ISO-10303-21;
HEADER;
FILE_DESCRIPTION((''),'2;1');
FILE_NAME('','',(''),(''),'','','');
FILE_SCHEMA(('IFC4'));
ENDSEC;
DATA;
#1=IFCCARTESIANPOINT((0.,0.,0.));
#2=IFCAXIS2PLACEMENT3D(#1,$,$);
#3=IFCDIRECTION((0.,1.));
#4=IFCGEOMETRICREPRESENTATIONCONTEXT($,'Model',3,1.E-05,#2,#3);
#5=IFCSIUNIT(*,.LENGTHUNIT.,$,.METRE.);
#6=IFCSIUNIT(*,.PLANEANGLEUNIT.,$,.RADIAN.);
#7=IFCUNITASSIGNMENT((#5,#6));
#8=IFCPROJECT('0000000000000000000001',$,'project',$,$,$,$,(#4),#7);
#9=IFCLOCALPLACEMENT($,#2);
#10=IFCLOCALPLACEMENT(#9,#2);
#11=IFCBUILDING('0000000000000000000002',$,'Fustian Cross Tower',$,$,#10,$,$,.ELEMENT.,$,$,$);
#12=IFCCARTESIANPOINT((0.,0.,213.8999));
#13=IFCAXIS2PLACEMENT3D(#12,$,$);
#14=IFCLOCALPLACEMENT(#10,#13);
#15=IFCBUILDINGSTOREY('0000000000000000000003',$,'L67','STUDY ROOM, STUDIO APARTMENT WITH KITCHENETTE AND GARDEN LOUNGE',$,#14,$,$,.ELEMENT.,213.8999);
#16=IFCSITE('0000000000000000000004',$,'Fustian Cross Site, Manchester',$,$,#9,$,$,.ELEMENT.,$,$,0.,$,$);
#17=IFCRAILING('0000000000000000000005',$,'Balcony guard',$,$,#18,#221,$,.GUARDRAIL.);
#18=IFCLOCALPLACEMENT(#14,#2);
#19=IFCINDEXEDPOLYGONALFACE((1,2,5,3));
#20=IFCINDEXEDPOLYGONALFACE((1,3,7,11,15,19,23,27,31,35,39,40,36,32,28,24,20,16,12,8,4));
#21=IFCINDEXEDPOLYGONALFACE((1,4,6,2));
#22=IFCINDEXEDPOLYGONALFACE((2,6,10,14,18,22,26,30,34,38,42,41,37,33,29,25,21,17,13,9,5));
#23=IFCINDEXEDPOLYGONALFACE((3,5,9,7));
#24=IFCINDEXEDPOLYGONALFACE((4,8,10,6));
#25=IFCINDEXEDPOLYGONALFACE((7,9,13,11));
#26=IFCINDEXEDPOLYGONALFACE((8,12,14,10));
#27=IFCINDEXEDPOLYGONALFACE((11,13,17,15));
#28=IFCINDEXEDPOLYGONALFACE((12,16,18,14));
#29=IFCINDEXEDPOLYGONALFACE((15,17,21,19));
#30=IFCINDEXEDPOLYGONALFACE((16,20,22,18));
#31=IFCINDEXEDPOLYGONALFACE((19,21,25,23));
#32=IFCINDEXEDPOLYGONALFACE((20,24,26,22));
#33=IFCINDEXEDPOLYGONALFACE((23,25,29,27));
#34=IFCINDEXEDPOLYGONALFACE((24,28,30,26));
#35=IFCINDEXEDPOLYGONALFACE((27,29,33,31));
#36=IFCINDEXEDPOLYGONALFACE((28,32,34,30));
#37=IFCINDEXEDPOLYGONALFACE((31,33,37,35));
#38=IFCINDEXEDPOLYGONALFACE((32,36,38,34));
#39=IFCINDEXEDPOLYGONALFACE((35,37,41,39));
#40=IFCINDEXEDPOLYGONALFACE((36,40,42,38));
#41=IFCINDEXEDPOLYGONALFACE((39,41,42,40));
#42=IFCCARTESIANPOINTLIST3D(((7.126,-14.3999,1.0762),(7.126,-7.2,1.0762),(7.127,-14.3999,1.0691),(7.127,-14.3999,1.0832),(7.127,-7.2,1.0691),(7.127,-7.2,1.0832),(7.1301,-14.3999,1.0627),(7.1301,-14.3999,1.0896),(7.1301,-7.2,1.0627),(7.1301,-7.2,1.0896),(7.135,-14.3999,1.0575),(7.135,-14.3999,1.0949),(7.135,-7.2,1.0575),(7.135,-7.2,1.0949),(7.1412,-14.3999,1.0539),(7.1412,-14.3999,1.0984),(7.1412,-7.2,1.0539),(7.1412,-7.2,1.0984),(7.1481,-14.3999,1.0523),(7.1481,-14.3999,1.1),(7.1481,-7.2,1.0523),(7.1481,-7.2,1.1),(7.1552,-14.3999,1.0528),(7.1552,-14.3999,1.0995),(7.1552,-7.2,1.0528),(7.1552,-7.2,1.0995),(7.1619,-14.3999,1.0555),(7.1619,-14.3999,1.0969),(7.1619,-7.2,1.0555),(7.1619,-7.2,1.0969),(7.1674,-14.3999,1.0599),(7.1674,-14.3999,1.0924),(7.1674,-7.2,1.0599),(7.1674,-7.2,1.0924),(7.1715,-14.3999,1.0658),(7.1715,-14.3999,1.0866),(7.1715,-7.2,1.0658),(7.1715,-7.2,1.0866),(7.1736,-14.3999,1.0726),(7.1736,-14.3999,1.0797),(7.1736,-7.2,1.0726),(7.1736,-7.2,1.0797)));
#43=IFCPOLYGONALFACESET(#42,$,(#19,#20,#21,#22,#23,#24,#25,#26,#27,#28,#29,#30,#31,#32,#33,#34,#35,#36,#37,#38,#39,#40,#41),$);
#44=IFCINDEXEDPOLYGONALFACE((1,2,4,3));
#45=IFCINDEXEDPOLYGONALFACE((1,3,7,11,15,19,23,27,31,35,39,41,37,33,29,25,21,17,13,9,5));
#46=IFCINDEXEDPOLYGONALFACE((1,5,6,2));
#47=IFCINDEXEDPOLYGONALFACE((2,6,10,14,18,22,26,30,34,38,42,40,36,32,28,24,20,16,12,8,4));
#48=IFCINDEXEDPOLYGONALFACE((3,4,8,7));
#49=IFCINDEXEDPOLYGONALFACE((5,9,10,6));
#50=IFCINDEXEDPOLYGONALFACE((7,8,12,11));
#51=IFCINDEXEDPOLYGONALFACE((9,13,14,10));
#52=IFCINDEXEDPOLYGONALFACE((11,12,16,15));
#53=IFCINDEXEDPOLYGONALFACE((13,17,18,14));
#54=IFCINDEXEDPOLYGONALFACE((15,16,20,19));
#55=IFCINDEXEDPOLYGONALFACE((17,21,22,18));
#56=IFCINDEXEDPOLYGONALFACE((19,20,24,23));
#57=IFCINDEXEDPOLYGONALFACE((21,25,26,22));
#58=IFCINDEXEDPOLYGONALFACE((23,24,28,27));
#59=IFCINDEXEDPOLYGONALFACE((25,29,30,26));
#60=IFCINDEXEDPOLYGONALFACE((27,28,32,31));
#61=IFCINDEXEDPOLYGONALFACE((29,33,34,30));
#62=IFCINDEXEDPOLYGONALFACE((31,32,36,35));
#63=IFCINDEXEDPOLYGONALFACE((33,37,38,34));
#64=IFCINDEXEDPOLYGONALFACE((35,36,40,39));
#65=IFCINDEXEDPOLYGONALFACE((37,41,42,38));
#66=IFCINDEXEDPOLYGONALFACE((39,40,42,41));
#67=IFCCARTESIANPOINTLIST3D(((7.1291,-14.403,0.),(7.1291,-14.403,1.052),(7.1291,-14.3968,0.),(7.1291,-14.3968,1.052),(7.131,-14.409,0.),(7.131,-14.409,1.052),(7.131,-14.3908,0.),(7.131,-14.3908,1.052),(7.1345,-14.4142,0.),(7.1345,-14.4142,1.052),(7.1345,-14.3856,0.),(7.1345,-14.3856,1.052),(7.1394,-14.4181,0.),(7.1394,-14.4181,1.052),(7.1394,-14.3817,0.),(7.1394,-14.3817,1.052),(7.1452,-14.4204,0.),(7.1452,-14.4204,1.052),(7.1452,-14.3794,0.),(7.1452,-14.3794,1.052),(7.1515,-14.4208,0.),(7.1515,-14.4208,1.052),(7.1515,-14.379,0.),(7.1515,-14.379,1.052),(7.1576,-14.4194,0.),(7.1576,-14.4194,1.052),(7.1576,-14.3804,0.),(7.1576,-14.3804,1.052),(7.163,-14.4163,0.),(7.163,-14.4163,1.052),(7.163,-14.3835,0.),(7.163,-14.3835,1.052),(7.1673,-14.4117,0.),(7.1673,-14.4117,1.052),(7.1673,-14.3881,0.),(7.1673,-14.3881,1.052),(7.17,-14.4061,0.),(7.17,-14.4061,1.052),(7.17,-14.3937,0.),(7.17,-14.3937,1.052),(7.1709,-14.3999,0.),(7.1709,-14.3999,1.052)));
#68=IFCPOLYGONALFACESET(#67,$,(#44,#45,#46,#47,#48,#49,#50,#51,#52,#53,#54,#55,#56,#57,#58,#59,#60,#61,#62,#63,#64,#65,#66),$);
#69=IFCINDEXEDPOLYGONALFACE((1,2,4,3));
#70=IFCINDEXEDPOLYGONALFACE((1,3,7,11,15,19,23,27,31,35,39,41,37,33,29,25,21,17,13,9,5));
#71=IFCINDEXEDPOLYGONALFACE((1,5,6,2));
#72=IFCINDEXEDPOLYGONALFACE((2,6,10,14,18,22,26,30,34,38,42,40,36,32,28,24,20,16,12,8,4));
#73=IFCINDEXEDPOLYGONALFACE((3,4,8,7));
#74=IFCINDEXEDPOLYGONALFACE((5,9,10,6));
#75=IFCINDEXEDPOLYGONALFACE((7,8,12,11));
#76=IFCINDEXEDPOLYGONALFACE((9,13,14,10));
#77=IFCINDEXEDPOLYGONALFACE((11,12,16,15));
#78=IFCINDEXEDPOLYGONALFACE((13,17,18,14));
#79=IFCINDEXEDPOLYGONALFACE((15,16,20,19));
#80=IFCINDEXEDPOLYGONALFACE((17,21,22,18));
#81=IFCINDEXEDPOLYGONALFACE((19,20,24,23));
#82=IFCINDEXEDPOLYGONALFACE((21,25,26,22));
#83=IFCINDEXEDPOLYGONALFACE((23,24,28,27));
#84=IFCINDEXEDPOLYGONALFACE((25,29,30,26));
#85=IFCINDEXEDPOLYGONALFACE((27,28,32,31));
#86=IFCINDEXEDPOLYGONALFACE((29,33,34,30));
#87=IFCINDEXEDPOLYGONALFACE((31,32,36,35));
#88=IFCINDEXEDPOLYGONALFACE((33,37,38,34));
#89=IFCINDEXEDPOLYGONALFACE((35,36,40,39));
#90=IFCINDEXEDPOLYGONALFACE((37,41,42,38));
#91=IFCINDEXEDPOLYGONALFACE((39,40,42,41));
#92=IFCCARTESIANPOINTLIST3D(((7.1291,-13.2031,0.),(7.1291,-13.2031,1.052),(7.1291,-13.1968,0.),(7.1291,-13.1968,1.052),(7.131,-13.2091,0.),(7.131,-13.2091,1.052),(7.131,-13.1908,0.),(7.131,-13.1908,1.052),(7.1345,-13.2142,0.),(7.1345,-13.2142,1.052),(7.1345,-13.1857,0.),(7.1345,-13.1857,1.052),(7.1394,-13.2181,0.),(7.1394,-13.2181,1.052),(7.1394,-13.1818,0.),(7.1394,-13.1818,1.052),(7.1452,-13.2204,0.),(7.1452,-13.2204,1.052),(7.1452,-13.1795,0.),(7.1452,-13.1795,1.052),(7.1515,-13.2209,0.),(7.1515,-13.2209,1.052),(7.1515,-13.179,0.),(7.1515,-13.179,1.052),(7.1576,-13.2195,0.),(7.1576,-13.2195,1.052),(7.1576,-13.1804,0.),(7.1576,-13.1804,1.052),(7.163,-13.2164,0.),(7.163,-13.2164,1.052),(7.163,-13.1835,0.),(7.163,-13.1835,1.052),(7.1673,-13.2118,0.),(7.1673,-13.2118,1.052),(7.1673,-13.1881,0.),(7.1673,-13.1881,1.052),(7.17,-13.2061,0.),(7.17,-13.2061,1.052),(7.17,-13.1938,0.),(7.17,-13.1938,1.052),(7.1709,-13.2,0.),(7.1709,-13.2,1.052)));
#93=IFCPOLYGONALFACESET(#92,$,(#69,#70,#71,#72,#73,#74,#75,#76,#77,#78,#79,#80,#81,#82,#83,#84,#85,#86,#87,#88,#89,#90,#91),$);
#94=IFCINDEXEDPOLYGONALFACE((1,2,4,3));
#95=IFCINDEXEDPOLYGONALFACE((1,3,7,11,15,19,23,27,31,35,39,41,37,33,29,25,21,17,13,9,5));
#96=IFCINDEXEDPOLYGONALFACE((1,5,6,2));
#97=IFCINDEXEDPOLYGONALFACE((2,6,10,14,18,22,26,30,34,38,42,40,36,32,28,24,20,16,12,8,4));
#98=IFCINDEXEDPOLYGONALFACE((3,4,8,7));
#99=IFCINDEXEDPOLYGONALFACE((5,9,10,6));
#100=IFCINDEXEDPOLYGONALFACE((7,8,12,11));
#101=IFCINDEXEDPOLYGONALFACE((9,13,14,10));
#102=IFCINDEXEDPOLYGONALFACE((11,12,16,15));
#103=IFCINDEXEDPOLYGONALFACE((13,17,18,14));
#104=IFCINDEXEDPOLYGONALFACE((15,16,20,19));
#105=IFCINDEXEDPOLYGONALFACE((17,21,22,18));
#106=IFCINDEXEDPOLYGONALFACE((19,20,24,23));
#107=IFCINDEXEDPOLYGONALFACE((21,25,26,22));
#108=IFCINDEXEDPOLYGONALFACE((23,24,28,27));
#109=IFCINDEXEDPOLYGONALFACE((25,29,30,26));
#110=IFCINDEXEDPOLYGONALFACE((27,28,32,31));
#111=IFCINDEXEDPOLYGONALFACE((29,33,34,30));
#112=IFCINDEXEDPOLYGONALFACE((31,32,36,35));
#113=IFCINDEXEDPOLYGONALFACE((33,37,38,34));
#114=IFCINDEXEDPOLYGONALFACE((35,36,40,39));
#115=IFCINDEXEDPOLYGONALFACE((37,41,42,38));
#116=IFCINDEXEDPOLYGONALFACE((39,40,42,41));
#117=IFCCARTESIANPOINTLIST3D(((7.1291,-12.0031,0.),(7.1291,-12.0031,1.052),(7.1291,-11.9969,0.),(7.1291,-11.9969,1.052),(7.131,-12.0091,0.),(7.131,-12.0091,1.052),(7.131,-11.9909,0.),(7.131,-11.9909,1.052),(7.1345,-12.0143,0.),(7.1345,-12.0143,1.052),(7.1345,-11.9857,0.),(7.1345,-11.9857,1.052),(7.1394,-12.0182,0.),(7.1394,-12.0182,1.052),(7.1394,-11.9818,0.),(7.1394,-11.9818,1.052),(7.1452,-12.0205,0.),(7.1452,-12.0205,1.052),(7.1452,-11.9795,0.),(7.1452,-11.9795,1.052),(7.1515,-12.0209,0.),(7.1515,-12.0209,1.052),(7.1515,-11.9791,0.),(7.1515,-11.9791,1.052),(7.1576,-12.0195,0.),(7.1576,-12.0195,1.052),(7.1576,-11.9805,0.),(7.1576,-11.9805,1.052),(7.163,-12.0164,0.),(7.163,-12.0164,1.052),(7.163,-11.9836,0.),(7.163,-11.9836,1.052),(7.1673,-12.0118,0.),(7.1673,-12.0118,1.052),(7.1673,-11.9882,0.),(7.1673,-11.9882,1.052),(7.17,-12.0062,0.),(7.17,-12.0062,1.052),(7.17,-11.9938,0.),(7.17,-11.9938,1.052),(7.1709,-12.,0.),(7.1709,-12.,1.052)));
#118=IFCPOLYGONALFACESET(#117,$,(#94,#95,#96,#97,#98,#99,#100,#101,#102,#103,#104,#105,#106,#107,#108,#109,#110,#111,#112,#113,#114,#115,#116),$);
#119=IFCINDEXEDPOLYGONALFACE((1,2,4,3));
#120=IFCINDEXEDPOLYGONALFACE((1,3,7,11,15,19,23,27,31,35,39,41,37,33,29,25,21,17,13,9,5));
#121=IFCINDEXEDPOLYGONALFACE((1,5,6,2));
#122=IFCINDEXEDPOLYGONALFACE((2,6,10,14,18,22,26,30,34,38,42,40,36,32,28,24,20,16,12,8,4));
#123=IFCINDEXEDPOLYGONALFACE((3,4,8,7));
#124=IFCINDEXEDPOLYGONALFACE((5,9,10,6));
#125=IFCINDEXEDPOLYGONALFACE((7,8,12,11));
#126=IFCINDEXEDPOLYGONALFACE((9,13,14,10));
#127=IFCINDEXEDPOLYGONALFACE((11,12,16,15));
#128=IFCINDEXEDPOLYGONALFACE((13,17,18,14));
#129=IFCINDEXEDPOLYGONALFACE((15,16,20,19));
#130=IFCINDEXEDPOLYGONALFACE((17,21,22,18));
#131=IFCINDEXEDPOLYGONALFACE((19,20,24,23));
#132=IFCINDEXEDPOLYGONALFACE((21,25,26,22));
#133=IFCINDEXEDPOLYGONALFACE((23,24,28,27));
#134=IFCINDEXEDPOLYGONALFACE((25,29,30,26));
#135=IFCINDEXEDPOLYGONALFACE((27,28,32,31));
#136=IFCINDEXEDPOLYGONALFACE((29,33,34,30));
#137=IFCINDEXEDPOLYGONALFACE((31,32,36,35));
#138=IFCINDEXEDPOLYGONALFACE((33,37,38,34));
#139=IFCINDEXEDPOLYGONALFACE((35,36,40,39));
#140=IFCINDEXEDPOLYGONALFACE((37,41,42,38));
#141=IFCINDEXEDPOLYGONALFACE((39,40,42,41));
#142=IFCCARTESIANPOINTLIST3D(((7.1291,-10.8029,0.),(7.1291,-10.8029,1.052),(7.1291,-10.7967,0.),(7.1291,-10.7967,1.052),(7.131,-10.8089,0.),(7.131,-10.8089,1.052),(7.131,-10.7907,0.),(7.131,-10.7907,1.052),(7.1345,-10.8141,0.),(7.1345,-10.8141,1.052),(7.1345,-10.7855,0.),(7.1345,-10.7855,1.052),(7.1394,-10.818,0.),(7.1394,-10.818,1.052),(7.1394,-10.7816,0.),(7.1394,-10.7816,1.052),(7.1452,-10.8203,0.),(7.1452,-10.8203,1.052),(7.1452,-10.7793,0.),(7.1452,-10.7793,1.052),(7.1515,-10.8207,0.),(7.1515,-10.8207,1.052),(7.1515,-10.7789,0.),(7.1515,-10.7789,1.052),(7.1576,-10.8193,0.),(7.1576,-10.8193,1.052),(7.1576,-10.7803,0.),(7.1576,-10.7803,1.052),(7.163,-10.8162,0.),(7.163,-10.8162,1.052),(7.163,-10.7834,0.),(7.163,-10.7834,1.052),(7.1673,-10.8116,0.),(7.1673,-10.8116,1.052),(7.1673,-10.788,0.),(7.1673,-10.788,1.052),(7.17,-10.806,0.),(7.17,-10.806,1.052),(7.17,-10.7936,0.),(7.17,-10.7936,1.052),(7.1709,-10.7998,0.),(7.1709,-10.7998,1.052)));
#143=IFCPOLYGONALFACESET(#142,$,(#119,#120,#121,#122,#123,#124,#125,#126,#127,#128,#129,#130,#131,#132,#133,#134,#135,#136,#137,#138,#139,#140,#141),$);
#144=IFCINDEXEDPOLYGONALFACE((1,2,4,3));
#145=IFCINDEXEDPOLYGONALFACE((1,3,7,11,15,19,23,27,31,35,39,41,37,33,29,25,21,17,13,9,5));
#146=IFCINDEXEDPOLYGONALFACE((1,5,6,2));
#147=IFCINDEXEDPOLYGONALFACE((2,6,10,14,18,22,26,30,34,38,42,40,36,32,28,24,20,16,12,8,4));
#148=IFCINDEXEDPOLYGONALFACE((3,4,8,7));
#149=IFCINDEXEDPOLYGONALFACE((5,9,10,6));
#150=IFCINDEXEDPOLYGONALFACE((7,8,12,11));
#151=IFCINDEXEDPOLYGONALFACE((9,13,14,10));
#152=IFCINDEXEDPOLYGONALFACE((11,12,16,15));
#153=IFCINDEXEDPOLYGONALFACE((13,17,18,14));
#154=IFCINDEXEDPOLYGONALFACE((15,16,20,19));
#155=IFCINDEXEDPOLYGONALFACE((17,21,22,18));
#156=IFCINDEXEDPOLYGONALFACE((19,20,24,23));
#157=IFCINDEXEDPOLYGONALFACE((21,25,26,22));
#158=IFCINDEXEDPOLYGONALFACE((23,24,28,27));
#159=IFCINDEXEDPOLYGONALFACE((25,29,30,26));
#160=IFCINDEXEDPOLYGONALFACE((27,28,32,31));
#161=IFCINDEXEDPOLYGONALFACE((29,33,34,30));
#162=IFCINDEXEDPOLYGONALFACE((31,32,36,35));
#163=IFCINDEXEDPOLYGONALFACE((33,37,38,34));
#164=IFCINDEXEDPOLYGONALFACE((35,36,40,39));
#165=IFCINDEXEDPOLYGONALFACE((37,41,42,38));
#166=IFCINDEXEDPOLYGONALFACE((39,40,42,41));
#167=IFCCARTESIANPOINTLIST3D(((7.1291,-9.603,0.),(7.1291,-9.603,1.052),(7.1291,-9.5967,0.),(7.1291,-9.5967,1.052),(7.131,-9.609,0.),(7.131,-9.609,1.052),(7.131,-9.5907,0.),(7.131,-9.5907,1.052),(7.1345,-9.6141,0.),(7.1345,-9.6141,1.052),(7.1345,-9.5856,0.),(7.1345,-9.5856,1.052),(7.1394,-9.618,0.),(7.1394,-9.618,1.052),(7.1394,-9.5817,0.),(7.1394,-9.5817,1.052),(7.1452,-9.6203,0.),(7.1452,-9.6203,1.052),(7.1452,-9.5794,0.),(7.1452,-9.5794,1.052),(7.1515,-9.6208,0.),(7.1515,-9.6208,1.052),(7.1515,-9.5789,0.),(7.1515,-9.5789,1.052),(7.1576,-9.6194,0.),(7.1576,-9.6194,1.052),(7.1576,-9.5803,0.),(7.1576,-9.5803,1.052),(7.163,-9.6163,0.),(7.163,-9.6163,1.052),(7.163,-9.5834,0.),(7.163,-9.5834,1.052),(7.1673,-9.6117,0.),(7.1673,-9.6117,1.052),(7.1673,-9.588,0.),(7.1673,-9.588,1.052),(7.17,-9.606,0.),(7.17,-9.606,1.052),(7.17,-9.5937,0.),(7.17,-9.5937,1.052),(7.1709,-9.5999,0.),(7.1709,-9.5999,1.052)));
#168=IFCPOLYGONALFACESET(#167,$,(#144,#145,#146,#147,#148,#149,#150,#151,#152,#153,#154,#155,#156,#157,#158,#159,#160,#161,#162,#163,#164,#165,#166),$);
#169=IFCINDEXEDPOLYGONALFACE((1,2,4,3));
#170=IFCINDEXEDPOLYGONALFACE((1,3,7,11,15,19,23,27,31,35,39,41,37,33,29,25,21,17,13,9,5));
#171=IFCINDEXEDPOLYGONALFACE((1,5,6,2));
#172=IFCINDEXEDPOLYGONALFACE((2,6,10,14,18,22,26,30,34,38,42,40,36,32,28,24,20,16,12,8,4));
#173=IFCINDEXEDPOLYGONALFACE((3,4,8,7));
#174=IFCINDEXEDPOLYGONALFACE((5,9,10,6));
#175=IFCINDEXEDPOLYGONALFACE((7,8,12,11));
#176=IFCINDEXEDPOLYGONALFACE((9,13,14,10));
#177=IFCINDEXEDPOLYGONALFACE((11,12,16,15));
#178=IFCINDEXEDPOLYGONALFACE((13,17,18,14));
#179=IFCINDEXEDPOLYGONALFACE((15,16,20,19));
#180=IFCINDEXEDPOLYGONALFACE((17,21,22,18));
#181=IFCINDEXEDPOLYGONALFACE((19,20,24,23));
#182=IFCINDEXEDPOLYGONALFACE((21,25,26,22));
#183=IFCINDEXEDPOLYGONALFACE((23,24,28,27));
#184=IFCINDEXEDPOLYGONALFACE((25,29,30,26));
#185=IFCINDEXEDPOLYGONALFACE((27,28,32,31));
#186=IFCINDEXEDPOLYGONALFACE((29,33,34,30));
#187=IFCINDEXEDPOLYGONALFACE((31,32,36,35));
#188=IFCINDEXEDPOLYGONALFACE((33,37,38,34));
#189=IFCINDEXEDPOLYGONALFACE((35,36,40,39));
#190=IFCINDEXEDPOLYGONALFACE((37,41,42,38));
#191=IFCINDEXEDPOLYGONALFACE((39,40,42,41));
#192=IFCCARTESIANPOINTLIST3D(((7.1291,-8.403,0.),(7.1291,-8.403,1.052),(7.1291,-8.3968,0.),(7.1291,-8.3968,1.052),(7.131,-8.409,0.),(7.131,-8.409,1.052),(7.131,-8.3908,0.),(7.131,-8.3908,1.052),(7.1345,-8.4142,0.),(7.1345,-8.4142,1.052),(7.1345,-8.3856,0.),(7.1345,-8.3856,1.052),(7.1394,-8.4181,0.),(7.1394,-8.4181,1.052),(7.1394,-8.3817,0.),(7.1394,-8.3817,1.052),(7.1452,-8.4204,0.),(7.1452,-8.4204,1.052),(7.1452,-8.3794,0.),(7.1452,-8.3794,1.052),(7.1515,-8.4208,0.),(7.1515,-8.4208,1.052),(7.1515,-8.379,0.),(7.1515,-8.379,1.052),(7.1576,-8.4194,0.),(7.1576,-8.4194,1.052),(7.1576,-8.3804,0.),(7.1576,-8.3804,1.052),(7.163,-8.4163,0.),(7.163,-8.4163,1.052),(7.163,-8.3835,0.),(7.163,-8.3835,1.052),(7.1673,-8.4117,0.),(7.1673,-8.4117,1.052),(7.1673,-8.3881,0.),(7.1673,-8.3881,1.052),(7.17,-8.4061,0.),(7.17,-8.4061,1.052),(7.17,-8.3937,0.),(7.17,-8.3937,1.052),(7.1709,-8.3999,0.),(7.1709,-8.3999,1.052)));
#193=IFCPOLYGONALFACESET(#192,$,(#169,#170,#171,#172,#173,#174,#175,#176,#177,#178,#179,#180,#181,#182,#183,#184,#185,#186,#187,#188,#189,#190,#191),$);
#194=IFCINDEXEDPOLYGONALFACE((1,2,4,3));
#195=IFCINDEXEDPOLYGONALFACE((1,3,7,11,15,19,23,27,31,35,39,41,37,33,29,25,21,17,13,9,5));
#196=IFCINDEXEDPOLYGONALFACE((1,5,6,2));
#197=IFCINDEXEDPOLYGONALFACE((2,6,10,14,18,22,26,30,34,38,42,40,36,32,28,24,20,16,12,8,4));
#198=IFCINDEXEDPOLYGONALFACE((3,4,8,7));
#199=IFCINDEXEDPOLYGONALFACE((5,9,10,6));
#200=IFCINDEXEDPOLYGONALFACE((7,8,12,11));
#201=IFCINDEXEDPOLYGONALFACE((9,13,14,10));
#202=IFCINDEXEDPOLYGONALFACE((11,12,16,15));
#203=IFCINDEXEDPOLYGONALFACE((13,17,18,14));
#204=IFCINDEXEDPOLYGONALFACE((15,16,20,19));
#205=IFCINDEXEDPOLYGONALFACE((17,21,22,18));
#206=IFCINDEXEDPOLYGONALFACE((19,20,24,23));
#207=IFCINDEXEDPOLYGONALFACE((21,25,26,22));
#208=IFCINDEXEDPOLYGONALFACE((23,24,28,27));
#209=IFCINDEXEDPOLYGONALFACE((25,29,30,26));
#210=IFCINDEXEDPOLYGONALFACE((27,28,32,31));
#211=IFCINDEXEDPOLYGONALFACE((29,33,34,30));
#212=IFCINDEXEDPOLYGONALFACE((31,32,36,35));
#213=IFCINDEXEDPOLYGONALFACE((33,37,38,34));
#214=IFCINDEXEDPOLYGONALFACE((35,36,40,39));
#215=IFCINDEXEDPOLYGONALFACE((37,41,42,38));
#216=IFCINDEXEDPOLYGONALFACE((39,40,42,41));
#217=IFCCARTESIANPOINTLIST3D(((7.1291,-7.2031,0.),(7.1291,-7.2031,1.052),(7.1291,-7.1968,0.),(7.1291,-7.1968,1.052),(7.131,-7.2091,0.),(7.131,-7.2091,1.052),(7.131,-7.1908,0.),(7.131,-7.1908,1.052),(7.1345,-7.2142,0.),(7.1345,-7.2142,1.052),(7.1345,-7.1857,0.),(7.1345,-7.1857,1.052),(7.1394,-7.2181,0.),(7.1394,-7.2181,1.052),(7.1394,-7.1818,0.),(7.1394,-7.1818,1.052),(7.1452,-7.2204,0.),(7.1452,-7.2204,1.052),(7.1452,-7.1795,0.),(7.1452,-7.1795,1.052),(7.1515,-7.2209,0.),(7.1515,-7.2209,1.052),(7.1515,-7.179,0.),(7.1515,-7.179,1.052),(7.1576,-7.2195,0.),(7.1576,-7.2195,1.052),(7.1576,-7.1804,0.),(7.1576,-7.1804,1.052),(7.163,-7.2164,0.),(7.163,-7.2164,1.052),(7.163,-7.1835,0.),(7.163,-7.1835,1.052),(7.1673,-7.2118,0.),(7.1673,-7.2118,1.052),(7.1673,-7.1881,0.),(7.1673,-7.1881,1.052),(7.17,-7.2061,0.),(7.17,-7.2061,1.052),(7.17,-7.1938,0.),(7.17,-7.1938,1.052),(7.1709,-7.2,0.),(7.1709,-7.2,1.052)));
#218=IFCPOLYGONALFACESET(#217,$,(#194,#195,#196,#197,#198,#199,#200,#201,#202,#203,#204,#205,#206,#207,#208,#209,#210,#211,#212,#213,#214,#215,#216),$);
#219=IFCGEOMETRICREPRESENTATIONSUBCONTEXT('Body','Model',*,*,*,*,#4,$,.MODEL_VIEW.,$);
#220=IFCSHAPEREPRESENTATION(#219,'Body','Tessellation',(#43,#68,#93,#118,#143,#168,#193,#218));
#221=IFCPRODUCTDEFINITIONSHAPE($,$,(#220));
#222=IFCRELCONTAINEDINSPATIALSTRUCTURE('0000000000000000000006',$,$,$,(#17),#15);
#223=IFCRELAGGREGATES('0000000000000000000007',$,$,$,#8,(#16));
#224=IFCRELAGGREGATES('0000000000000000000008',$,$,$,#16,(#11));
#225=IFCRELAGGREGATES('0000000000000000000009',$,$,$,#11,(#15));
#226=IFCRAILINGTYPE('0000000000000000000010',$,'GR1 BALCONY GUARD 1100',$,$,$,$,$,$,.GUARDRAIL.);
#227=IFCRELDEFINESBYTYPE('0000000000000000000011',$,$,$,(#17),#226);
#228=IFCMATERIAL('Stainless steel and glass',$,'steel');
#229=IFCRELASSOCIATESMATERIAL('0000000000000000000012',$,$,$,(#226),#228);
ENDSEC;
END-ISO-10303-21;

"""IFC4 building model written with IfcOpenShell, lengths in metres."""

from ifc_helpers import new_model, si_unit, direction, frame, origin, origin_2d, place, context, subcontext, project, spatial, circle, extrude, material, type_object, element, save


model = new_model("IFC4")

# Units and contexts
model_context = context("Model", 3, precision=1e-05, world=origin(), true_north=direction((0.0, 1.0)))
body_context = subcontext(model_context, "Body", "Model", "MODEL_VIEW")
ifc_project = project(units=[si_unit("LENGTHUNIT", "METRE"), si_unit("PLANEANGLEUNIT", "RADIAN")], contexts=[model_context])

# Site, building, storey
site_placement = place(None, origin())
site = spatial("IfcSite", under=ifc_project, at=site_placement, Name="Fustian Cross Site, Manchester", CompositionType="ELEMENT", RefElevation=0.0)
building_placement = place(site_placement, origin())
building = spatial("IfcBuilding", under=site, at=building_placement, Name="Fustian Cross Tower", CompositionType="ELEMENT")
storey_placement = place(building_placement, frame((0.0, 0.0, 213.8999)))
storey = spatial("IfcBuildingStorey", under=building, at=storey_placement, Name="L67", Description="STUDY ROOM, STUDIO APARTMENT WITH KITCHENETTE AND GARDEN LOUNGE", CompositionType="ELEMENT", Elevation=213.8999)

# Railing
ifc_material_1 = material(Name="Stainless steel and glass", Category="steel")
railing_type_1 = type_object("IfcRailingType", Name="GR1 BALCONY GUARD 1100", PredefinedType="GUARDRAIL", material=ifc_material_1)
railing_1_placement = place(storey_placement, frame((7.1499, -14.3999, 0.0)))
element("IfcRailing", 1, at=railing_1_placement, inside=storey, type_object=railing_type_1, Name="Balcony guard", PredefinedType="GUARDRAIL", context=body_context, shape_type="SweptSolid", body=[
    extrude(circle(Radius=0.0239, at=origin_2d()), frame((0.0, 0.0, 1.0762), z_axis=(0.0, 1.0, 0.0), x_axis=(-1.0, 0.0, 0.0)), (0.0, 0.0, 1.0), 7.2),
    extrude(circle(Radius=0.021, at=origin_2d()), origin(), (0.0, 0.0, 1.0), 1.052),
    extrude(circle(Radius=0.021, at=origin_2d()), frame((0.0, 1.2, 0.0)), (0.0, 0.0, 1.0), 1.052),
    extrude(circle(Radius=0.021, at=origin_2d()), frame((0.0, 2.3999, 0.0)), (0.0, 0.0, 1.0), 1.052),
    extrude(circle(Radius=0.021, at=origin_2d()), frame((0.0, 3.6001, 0.0)), (0.0, 0.0, 1.0), 1.052),
    extrude(circle(Radius=0.021, at=origin_2d()), frame((0.0, 4.8, 0.0)), (0.0, 0.0, 1.0), 1.052),
    extrude(circle(Radius=0.021, at=origin_2d()), frame((0.0, 6.0, 0.0)), (0.0, 0.0, 1.0), 1.052),
    extrude(circle(Radius=0.021, at=origin_2d()), frame((0.0, 7.2, 0.0)), (0.0, 0.0, 1.0), 1.052),
])

save(model, "model.ifc")
